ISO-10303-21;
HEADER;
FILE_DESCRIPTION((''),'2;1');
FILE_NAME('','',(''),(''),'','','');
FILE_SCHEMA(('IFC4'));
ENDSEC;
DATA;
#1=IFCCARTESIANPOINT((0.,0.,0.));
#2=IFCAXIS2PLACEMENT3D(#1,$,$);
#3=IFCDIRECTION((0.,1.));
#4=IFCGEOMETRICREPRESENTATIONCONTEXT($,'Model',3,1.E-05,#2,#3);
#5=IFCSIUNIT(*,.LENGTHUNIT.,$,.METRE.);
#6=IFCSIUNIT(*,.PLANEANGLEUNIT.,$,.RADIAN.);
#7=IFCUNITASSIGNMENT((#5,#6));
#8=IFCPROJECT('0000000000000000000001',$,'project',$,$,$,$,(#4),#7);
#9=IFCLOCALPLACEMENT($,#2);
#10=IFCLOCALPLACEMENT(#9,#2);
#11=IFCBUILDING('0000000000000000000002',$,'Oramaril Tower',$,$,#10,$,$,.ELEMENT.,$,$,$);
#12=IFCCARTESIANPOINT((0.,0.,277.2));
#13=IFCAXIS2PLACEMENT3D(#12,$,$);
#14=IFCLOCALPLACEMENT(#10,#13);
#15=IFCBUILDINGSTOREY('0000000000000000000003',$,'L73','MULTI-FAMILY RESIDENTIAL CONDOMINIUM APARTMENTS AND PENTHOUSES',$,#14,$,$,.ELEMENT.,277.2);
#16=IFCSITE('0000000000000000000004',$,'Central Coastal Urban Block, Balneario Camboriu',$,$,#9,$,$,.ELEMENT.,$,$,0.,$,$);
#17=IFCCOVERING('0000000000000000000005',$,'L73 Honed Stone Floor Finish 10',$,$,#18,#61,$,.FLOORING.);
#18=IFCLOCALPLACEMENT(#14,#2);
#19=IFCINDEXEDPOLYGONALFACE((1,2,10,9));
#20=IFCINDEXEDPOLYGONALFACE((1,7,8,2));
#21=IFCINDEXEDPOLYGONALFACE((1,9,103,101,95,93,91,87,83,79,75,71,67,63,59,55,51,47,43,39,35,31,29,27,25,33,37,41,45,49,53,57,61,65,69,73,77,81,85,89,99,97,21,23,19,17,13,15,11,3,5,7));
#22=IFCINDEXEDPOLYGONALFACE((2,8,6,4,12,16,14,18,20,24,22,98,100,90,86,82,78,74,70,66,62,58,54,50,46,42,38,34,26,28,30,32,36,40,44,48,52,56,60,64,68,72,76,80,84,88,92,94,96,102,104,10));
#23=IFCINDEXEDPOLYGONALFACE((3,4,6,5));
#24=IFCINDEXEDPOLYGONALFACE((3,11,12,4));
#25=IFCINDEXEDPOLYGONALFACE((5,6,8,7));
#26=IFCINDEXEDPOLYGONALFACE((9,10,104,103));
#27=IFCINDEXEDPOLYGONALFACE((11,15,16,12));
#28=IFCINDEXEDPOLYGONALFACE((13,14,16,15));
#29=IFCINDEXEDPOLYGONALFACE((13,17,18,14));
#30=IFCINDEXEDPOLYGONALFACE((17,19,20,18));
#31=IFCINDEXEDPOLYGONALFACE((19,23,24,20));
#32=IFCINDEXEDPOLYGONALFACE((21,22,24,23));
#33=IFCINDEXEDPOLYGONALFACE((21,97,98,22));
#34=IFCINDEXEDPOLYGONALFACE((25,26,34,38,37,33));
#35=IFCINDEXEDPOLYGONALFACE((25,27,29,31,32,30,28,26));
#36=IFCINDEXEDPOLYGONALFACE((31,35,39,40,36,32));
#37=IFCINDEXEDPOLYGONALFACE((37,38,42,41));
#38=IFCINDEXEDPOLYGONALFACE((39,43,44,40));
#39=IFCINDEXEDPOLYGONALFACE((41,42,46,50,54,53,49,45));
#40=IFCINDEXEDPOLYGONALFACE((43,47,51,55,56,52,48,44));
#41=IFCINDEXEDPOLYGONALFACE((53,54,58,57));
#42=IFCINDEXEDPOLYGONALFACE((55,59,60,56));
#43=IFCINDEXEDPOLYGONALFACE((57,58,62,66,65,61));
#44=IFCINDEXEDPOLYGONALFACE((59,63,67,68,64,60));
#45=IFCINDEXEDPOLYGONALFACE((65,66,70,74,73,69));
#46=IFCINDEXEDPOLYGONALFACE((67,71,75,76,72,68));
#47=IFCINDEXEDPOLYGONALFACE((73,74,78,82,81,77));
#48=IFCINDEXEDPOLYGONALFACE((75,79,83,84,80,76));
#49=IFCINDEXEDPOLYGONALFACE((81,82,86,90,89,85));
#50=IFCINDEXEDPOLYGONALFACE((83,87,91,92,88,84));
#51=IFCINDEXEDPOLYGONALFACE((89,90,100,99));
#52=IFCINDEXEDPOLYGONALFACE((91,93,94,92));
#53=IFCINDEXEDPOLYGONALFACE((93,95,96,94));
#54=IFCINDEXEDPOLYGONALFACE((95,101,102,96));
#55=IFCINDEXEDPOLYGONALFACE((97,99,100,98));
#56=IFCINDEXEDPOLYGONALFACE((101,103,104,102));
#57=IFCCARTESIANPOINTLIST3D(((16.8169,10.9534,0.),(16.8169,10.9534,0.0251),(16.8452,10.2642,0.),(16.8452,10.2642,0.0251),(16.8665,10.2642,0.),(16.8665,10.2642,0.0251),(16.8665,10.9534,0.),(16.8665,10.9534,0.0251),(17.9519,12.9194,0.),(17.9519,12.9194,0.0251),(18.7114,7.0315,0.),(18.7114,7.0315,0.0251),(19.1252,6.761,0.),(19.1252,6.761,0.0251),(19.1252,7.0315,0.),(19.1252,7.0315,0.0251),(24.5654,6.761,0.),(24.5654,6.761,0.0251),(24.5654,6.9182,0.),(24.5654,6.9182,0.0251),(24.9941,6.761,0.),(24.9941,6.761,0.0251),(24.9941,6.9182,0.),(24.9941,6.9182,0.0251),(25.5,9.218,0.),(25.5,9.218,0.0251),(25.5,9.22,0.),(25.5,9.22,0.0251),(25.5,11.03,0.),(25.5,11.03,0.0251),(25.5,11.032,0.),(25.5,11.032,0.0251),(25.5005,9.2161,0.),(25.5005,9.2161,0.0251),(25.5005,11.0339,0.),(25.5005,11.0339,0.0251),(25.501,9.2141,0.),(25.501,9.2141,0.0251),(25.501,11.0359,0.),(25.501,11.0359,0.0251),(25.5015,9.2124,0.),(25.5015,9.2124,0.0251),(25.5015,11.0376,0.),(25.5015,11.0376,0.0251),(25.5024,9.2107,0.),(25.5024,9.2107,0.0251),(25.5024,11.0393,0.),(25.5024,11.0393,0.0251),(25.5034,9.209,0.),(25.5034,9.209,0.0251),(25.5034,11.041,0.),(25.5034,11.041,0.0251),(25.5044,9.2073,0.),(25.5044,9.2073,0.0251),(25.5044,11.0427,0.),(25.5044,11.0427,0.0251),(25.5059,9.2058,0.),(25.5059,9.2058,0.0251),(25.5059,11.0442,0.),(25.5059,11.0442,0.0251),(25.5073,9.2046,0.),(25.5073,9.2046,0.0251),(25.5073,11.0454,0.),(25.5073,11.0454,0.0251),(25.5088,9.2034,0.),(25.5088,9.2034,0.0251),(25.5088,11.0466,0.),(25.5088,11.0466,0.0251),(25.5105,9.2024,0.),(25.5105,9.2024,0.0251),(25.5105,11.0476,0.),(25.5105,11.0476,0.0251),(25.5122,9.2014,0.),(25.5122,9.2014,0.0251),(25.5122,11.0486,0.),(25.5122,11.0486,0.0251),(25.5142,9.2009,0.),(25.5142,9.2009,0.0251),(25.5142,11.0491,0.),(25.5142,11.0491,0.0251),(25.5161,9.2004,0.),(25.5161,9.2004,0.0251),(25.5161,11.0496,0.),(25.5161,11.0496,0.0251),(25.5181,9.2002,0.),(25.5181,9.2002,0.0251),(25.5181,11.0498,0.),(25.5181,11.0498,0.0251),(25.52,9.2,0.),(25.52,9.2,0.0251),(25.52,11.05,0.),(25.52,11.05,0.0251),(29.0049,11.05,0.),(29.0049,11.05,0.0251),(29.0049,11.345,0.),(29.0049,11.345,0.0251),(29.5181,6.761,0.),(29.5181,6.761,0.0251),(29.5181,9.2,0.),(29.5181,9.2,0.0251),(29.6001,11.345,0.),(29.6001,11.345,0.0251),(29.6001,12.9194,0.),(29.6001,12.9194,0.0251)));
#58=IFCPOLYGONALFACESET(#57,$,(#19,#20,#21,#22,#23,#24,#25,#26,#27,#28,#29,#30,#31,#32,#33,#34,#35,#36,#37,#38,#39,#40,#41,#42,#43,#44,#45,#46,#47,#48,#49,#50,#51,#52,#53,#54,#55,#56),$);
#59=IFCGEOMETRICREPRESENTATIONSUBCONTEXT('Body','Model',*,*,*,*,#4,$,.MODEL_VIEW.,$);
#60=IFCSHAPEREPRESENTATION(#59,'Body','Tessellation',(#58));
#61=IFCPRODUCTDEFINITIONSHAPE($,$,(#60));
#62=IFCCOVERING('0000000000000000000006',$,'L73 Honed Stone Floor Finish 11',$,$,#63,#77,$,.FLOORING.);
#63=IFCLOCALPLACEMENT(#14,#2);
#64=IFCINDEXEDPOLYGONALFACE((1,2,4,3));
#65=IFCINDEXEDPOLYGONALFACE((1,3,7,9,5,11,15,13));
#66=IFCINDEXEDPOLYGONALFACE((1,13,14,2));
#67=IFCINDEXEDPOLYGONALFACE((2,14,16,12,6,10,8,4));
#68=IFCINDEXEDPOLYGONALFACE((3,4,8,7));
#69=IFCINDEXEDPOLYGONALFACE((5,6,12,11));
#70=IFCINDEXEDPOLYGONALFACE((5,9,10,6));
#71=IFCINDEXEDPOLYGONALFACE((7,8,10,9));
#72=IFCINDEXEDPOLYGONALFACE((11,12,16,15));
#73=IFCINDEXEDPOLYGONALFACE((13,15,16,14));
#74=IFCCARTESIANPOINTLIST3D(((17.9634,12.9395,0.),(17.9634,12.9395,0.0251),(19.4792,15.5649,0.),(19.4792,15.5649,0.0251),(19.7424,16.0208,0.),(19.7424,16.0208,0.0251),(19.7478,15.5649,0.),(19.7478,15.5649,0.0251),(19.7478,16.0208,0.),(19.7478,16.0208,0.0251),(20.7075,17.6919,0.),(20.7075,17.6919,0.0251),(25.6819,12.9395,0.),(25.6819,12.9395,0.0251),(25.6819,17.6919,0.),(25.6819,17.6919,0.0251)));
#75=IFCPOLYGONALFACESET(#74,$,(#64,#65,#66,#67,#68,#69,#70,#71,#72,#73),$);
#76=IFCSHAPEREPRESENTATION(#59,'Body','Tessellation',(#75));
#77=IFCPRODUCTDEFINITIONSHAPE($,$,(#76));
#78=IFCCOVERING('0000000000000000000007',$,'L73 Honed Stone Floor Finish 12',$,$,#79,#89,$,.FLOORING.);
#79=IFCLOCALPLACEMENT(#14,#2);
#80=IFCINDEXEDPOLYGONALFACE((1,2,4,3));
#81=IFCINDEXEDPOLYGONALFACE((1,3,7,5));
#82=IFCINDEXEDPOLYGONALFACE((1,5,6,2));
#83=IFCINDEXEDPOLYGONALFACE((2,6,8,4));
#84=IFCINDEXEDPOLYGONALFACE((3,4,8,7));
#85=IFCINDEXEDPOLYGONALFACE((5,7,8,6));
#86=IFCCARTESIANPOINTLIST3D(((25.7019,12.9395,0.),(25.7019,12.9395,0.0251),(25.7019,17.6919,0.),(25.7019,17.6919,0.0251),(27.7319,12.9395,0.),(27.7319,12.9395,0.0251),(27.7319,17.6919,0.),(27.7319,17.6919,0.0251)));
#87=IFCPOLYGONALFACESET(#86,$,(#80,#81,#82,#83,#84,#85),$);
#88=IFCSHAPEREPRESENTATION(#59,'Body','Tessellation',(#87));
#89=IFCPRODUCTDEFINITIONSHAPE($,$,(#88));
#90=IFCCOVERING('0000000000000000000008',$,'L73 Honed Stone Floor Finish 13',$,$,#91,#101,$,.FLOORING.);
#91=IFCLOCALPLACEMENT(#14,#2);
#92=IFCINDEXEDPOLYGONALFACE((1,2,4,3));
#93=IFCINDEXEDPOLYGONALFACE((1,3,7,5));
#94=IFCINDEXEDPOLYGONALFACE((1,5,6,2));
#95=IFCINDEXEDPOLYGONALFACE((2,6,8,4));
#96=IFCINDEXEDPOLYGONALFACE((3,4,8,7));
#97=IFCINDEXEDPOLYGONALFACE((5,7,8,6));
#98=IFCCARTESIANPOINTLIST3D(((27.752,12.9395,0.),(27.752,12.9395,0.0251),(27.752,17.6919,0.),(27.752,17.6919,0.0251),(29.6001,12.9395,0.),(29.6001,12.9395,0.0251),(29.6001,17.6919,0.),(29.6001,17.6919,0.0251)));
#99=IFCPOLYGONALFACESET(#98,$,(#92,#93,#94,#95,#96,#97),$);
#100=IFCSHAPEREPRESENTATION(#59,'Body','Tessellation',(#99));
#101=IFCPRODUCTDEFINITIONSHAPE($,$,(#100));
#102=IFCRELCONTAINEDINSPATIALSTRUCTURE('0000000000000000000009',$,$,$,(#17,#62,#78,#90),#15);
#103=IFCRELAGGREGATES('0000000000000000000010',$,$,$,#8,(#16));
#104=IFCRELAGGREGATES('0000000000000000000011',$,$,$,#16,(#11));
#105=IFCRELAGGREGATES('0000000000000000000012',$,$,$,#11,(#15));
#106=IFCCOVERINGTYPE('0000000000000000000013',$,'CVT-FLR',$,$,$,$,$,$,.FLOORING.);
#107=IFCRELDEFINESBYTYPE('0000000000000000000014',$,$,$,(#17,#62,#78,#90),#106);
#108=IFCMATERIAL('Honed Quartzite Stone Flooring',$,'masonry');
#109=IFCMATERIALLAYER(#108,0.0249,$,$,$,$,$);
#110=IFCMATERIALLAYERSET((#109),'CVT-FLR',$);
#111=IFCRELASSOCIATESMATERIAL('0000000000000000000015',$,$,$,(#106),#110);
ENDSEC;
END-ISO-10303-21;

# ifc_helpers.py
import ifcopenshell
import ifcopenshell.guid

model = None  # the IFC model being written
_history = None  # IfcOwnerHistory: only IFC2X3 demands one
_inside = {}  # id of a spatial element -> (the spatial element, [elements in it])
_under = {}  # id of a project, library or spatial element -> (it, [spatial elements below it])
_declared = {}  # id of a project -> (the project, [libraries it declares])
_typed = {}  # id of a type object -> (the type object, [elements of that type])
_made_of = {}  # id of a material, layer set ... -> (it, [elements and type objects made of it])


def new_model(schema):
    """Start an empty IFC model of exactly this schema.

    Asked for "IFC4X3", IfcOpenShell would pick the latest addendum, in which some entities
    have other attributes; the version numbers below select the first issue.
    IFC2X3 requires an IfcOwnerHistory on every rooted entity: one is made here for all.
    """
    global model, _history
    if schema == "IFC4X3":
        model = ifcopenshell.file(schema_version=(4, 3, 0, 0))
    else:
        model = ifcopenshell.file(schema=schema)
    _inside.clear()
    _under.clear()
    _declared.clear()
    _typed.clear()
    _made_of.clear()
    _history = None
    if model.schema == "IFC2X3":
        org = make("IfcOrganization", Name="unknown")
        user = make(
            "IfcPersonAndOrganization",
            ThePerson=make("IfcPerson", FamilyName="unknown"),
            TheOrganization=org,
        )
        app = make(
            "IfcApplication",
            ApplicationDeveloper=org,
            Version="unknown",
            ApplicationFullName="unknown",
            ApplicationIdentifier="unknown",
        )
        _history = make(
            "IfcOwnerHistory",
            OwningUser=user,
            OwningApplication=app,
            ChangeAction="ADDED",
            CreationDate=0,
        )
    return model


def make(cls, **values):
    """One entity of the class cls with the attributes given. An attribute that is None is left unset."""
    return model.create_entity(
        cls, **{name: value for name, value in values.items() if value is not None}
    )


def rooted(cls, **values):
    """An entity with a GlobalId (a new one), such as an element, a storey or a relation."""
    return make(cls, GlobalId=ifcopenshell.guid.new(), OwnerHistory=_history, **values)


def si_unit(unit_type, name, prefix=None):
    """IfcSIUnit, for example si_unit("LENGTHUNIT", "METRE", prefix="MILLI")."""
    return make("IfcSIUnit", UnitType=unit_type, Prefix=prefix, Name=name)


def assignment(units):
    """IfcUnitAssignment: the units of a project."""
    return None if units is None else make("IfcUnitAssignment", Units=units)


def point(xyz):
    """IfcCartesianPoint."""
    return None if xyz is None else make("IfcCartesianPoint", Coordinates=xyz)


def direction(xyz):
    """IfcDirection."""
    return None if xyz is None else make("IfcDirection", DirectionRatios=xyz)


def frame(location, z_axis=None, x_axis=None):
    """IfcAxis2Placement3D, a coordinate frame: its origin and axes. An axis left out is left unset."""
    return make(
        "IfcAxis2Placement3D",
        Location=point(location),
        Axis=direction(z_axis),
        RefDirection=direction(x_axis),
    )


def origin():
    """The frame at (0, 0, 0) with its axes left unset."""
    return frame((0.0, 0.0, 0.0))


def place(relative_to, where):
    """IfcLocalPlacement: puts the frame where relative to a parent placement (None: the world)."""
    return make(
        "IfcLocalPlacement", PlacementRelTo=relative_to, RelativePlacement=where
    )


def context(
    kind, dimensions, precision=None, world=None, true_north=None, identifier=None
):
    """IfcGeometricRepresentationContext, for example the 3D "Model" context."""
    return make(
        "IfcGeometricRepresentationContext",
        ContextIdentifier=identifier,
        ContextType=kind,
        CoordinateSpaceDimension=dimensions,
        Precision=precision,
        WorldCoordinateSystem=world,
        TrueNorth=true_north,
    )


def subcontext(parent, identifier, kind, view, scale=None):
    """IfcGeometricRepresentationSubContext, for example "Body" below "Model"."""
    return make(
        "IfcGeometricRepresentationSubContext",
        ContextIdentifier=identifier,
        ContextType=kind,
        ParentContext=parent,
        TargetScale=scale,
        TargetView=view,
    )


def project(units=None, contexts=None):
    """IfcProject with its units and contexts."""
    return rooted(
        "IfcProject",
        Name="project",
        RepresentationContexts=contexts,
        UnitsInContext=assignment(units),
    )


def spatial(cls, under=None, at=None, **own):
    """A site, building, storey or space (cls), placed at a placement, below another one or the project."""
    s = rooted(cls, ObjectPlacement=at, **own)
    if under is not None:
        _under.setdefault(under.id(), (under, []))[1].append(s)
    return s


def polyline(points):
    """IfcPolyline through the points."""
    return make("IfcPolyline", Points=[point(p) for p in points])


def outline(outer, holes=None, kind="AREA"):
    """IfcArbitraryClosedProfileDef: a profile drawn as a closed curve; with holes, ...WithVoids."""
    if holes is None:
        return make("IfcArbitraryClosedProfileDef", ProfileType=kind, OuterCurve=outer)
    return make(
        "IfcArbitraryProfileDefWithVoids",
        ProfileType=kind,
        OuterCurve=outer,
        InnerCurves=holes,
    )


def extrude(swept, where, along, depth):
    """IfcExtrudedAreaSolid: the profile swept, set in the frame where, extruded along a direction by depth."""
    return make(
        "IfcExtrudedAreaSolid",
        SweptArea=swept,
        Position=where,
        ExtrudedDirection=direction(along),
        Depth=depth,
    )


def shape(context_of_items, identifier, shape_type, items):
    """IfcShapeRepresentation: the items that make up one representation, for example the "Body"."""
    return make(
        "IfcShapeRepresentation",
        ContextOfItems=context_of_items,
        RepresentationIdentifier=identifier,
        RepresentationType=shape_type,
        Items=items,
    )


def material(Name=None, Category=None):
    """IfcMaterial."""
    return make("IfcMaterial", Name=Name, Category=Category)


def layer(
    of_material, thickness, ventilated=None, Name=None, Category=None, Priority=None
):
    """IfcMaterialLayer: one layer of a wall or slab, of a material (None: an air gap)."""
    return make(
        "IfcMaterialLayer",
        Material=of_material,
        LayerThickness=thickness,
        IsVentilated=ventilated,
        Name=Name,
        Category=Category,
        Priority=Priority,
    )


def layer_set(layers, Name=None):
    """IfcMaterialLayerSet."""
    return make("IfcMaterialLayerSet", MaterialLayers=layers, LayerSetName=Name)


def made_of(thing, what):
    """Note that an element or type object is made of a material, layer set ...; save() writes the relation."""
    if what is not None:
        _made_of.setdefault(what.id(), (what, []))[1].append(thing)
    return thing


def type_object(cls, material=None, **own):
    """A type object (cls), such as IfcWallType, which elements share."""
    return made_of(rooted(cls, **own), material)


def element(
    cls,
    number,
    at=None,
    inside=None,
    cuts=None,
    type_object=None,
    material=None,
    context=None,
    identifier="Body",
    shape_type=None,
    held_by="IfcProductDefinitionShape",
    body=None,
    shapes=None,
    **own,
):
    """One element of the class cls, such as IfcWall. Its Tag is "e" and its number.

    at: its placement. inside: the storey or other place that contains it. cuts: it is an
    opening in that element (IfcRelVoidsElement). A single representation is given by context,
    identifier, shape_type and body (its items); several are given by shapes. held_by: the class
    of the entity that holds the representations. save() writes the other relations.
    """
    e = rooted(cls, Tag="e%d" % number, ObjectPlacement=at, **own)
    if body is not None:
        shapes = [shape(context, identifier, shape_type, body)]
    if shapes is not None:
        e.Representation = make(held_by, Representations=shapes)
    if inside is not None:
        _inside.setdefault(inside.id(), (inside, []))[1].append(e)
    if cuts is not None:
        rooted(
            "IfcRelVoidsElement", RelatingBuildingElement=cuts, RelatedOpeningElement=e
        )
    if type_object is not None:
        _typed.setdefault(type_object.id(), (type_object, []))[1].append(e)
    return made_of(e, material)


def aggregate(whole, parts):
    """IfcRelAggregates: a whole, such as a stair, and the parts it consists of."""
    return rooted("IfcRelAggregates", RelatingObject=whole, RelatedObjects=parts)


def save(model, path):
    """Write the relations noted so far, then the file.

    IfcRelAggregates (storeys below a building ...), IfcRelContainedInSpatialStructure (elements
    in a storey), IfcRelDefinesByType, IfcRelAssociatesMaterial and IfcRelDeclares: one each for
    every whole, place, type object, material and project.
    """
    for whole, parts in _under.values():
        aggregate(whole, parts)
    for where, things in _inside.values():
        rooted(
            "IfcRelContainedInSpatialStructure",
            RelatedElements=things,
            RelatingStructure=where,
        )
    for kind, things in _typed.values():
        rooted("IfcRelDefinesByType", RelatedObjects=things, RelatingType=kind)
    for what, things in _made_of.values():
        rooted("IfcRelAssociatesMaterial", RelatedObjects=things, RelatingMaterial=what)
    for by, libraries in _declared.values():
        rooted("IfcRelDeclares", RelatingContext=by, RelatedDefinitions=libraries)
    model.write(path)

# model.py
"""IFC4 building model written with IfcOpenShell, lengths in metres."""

from ifc_helpers import new_model, si_unit, direction, frame, origin, place, context, subcontext, project, spatial, polyline, outline, extrude, material, layer, layer_set, type_object, element, save


model = new_model("IFC4")

# Units and contexts
model_context = context("Model", 3, precision=1e-05, world=origin(), true_north=direction((0.0, 1.0)))
body_context = subcontext(model_context, "Body", "Model", "MODEL_VIEW")
ifc_project = project(units=[si_unit("LENGTHUNIT", "METRE"), si_unit("PLANEANGLEUNIT", "RADIAN")], contexts=[model_context])

# Site, building, storey
site_placement = place(None, origin())
site = spatial("IfcSite", under=ifc_project, at=site_placement, Name="Central Coastal Urban Block, Balneario Camboriu", CompositionType="ELEMENT", RefElevation=0.0)
building_placement = place(site_placement, origin())
building = spatial("IfcBuilding", under=site, at=building_placement, Name="Oramaril Tower", CompositionType="ELEMENT")
storey_placement = place(building_placement, frame((0.0, 0.0, 277.2)))
storey = spatial("IfcBuildingStorey", under=building, at=storey_placement, Name="L73", Description="MULTI-FAMILY RESIDENTIAL CONDOMINIUM APARTMENTS AND PENTHOUSES", CompositionType="ELEMENT", Elevation=277.2)

# Coverings
ifc_material_1 = material(Name="Honed Quartzite Stone Flooring", Category="masonry")
ifc_layer_1 = layer(ifc_material_1, 0.0249)
ifc_layer_set_1 = layer_set([ifc_layer_1], Name="CVT-FLR")
covering_type_1 = type_object("IfcCoveringType", Name="CVT-FLR", PredefinedType="FLOORING", material=ifc_layer_set_1)
covering_1_placement = place(storey_placement, origin())
element("IfcCovering", 1, at=covering_1_placement, inside=storey, type_object=covering_type_1, Name="L73 Honed Stone Floor Finish 10", PredefinedType="FLOORING", context=body_context, shape_type="SweptSolid", body=[
    extrude(outline(polyline([(29.6001, 12.9194), (29.6001, 11.345), (29.0049, 11.345), (29.0049, 11.05), (25.52, 11.05), (25.5181, 11.0498), (25.5161, 11.0496), (25.5142, 11.0491), (25.5122, 11.0486), (25.5105, 11.0476), (25.5088, 11.0466), (25.5073, 11.0454), (25.5059, 11.0442), (25.5044, 11.0427), (25.5034, 11.041), (25.5024, 11.0393), (25.5015, 11.0376), (25.501, 11.0359), (25.5005, 11.0339), (25.5, 11.032), (25.5, 11.03), (25.5, 9.22), (25.5, 9.218), (25.5005, 9.2161), (25.501, 9.2141), (25.5015, 9.2124), (25.5024, 9.2107), (25.5034, 9.209), (25.5044, 9.2073), (25.5059, 9.2058), (25.5073, 9.2046), (25.5088, 9.2034), (25.5105, 9.2024), (25.5122, 9.2014), (25.5142, 9.2009), (25.5161, 9.2004), (25.5181, 9.2002), (25.52, 9.2), (29.5181, 9.2), (29.5181, 6.761), (24.9941, 6.761), (24.9941, 6.9182), (24.5654, 6.9182), (24.5654, 6.761), (19.1252, 6.761), (19.1252, 7.0315), (18.7114, 7.0315), (16.8452, 10.2642), (16.8665, 10.2642), (16.8665, 10.9534), (16.8169, 10.9534), (17.9519, 12.9194), (29.6001, 12.9194)])), origin(), (0.0, 0.0, 1.0), 0.0251),
])
covering_2_placement = place(storey_placement, origin())
element("IfcCovering", 2, at=covering_2_placement, inside=storey, type_object=covering_type_1, Name="L73 Honed Stone Floor Finish 11", PredefinedType="FLOORING", context=body_context, shape_type="SweptSolid", body=[
    extrude(outline(polyline([(19.4792, 15.5649), (19.7478, 15.5649), (19.7478, 16.0208), (19.7424, 16.0208), (20.7075, 17.6919), (25.6819, 17.6919), (25.6819, 12.9395), (17.9634, 12.9395), (19.4792, 15.5649)])), origin(), (0.0, 0.0, 1.0), 0.0251),
])
covering_3_placement = place(storey_placement, origin())
element("IfcCovering", 3, at=covering_3_placement, inside=storey, type_object=covering_type_1, Name="L73 Honed Stone Floor Finish 12", PredefinedType="FLOORING", context=body_context, shape_type="SweptSolid", body=[
    extrude(outline(polyline([(27.7319, 17.6919), (27.7319, 12.9395), (25.7019, 12.9395), (25.7019, 17.6919), (27.7319, 17.6919)])), origin(), (0.0, 0.0, 1.0), 0.0251),
])
covering_4_placement = place(storey_placement, origin())
element("IfcCovering", 4, at=covering_4_placement, inside=storey, type_object=covering_type_1, Name="L73 Honed Stone Floor Finish 13", PredefinedType="FLOORING", context=body_context, shape_type="SweptSolid", body=[
    extrude(outline(polyline([(29.6001, 17.6919), (29.6001, 12.9395), (27.752, 12.9395), (27.752, 17.6919), (29.6001, 17.6919)])), origin(), (0.0, 0.0, 1.0), 0.0251),
])

save(model, "model.ifc")
